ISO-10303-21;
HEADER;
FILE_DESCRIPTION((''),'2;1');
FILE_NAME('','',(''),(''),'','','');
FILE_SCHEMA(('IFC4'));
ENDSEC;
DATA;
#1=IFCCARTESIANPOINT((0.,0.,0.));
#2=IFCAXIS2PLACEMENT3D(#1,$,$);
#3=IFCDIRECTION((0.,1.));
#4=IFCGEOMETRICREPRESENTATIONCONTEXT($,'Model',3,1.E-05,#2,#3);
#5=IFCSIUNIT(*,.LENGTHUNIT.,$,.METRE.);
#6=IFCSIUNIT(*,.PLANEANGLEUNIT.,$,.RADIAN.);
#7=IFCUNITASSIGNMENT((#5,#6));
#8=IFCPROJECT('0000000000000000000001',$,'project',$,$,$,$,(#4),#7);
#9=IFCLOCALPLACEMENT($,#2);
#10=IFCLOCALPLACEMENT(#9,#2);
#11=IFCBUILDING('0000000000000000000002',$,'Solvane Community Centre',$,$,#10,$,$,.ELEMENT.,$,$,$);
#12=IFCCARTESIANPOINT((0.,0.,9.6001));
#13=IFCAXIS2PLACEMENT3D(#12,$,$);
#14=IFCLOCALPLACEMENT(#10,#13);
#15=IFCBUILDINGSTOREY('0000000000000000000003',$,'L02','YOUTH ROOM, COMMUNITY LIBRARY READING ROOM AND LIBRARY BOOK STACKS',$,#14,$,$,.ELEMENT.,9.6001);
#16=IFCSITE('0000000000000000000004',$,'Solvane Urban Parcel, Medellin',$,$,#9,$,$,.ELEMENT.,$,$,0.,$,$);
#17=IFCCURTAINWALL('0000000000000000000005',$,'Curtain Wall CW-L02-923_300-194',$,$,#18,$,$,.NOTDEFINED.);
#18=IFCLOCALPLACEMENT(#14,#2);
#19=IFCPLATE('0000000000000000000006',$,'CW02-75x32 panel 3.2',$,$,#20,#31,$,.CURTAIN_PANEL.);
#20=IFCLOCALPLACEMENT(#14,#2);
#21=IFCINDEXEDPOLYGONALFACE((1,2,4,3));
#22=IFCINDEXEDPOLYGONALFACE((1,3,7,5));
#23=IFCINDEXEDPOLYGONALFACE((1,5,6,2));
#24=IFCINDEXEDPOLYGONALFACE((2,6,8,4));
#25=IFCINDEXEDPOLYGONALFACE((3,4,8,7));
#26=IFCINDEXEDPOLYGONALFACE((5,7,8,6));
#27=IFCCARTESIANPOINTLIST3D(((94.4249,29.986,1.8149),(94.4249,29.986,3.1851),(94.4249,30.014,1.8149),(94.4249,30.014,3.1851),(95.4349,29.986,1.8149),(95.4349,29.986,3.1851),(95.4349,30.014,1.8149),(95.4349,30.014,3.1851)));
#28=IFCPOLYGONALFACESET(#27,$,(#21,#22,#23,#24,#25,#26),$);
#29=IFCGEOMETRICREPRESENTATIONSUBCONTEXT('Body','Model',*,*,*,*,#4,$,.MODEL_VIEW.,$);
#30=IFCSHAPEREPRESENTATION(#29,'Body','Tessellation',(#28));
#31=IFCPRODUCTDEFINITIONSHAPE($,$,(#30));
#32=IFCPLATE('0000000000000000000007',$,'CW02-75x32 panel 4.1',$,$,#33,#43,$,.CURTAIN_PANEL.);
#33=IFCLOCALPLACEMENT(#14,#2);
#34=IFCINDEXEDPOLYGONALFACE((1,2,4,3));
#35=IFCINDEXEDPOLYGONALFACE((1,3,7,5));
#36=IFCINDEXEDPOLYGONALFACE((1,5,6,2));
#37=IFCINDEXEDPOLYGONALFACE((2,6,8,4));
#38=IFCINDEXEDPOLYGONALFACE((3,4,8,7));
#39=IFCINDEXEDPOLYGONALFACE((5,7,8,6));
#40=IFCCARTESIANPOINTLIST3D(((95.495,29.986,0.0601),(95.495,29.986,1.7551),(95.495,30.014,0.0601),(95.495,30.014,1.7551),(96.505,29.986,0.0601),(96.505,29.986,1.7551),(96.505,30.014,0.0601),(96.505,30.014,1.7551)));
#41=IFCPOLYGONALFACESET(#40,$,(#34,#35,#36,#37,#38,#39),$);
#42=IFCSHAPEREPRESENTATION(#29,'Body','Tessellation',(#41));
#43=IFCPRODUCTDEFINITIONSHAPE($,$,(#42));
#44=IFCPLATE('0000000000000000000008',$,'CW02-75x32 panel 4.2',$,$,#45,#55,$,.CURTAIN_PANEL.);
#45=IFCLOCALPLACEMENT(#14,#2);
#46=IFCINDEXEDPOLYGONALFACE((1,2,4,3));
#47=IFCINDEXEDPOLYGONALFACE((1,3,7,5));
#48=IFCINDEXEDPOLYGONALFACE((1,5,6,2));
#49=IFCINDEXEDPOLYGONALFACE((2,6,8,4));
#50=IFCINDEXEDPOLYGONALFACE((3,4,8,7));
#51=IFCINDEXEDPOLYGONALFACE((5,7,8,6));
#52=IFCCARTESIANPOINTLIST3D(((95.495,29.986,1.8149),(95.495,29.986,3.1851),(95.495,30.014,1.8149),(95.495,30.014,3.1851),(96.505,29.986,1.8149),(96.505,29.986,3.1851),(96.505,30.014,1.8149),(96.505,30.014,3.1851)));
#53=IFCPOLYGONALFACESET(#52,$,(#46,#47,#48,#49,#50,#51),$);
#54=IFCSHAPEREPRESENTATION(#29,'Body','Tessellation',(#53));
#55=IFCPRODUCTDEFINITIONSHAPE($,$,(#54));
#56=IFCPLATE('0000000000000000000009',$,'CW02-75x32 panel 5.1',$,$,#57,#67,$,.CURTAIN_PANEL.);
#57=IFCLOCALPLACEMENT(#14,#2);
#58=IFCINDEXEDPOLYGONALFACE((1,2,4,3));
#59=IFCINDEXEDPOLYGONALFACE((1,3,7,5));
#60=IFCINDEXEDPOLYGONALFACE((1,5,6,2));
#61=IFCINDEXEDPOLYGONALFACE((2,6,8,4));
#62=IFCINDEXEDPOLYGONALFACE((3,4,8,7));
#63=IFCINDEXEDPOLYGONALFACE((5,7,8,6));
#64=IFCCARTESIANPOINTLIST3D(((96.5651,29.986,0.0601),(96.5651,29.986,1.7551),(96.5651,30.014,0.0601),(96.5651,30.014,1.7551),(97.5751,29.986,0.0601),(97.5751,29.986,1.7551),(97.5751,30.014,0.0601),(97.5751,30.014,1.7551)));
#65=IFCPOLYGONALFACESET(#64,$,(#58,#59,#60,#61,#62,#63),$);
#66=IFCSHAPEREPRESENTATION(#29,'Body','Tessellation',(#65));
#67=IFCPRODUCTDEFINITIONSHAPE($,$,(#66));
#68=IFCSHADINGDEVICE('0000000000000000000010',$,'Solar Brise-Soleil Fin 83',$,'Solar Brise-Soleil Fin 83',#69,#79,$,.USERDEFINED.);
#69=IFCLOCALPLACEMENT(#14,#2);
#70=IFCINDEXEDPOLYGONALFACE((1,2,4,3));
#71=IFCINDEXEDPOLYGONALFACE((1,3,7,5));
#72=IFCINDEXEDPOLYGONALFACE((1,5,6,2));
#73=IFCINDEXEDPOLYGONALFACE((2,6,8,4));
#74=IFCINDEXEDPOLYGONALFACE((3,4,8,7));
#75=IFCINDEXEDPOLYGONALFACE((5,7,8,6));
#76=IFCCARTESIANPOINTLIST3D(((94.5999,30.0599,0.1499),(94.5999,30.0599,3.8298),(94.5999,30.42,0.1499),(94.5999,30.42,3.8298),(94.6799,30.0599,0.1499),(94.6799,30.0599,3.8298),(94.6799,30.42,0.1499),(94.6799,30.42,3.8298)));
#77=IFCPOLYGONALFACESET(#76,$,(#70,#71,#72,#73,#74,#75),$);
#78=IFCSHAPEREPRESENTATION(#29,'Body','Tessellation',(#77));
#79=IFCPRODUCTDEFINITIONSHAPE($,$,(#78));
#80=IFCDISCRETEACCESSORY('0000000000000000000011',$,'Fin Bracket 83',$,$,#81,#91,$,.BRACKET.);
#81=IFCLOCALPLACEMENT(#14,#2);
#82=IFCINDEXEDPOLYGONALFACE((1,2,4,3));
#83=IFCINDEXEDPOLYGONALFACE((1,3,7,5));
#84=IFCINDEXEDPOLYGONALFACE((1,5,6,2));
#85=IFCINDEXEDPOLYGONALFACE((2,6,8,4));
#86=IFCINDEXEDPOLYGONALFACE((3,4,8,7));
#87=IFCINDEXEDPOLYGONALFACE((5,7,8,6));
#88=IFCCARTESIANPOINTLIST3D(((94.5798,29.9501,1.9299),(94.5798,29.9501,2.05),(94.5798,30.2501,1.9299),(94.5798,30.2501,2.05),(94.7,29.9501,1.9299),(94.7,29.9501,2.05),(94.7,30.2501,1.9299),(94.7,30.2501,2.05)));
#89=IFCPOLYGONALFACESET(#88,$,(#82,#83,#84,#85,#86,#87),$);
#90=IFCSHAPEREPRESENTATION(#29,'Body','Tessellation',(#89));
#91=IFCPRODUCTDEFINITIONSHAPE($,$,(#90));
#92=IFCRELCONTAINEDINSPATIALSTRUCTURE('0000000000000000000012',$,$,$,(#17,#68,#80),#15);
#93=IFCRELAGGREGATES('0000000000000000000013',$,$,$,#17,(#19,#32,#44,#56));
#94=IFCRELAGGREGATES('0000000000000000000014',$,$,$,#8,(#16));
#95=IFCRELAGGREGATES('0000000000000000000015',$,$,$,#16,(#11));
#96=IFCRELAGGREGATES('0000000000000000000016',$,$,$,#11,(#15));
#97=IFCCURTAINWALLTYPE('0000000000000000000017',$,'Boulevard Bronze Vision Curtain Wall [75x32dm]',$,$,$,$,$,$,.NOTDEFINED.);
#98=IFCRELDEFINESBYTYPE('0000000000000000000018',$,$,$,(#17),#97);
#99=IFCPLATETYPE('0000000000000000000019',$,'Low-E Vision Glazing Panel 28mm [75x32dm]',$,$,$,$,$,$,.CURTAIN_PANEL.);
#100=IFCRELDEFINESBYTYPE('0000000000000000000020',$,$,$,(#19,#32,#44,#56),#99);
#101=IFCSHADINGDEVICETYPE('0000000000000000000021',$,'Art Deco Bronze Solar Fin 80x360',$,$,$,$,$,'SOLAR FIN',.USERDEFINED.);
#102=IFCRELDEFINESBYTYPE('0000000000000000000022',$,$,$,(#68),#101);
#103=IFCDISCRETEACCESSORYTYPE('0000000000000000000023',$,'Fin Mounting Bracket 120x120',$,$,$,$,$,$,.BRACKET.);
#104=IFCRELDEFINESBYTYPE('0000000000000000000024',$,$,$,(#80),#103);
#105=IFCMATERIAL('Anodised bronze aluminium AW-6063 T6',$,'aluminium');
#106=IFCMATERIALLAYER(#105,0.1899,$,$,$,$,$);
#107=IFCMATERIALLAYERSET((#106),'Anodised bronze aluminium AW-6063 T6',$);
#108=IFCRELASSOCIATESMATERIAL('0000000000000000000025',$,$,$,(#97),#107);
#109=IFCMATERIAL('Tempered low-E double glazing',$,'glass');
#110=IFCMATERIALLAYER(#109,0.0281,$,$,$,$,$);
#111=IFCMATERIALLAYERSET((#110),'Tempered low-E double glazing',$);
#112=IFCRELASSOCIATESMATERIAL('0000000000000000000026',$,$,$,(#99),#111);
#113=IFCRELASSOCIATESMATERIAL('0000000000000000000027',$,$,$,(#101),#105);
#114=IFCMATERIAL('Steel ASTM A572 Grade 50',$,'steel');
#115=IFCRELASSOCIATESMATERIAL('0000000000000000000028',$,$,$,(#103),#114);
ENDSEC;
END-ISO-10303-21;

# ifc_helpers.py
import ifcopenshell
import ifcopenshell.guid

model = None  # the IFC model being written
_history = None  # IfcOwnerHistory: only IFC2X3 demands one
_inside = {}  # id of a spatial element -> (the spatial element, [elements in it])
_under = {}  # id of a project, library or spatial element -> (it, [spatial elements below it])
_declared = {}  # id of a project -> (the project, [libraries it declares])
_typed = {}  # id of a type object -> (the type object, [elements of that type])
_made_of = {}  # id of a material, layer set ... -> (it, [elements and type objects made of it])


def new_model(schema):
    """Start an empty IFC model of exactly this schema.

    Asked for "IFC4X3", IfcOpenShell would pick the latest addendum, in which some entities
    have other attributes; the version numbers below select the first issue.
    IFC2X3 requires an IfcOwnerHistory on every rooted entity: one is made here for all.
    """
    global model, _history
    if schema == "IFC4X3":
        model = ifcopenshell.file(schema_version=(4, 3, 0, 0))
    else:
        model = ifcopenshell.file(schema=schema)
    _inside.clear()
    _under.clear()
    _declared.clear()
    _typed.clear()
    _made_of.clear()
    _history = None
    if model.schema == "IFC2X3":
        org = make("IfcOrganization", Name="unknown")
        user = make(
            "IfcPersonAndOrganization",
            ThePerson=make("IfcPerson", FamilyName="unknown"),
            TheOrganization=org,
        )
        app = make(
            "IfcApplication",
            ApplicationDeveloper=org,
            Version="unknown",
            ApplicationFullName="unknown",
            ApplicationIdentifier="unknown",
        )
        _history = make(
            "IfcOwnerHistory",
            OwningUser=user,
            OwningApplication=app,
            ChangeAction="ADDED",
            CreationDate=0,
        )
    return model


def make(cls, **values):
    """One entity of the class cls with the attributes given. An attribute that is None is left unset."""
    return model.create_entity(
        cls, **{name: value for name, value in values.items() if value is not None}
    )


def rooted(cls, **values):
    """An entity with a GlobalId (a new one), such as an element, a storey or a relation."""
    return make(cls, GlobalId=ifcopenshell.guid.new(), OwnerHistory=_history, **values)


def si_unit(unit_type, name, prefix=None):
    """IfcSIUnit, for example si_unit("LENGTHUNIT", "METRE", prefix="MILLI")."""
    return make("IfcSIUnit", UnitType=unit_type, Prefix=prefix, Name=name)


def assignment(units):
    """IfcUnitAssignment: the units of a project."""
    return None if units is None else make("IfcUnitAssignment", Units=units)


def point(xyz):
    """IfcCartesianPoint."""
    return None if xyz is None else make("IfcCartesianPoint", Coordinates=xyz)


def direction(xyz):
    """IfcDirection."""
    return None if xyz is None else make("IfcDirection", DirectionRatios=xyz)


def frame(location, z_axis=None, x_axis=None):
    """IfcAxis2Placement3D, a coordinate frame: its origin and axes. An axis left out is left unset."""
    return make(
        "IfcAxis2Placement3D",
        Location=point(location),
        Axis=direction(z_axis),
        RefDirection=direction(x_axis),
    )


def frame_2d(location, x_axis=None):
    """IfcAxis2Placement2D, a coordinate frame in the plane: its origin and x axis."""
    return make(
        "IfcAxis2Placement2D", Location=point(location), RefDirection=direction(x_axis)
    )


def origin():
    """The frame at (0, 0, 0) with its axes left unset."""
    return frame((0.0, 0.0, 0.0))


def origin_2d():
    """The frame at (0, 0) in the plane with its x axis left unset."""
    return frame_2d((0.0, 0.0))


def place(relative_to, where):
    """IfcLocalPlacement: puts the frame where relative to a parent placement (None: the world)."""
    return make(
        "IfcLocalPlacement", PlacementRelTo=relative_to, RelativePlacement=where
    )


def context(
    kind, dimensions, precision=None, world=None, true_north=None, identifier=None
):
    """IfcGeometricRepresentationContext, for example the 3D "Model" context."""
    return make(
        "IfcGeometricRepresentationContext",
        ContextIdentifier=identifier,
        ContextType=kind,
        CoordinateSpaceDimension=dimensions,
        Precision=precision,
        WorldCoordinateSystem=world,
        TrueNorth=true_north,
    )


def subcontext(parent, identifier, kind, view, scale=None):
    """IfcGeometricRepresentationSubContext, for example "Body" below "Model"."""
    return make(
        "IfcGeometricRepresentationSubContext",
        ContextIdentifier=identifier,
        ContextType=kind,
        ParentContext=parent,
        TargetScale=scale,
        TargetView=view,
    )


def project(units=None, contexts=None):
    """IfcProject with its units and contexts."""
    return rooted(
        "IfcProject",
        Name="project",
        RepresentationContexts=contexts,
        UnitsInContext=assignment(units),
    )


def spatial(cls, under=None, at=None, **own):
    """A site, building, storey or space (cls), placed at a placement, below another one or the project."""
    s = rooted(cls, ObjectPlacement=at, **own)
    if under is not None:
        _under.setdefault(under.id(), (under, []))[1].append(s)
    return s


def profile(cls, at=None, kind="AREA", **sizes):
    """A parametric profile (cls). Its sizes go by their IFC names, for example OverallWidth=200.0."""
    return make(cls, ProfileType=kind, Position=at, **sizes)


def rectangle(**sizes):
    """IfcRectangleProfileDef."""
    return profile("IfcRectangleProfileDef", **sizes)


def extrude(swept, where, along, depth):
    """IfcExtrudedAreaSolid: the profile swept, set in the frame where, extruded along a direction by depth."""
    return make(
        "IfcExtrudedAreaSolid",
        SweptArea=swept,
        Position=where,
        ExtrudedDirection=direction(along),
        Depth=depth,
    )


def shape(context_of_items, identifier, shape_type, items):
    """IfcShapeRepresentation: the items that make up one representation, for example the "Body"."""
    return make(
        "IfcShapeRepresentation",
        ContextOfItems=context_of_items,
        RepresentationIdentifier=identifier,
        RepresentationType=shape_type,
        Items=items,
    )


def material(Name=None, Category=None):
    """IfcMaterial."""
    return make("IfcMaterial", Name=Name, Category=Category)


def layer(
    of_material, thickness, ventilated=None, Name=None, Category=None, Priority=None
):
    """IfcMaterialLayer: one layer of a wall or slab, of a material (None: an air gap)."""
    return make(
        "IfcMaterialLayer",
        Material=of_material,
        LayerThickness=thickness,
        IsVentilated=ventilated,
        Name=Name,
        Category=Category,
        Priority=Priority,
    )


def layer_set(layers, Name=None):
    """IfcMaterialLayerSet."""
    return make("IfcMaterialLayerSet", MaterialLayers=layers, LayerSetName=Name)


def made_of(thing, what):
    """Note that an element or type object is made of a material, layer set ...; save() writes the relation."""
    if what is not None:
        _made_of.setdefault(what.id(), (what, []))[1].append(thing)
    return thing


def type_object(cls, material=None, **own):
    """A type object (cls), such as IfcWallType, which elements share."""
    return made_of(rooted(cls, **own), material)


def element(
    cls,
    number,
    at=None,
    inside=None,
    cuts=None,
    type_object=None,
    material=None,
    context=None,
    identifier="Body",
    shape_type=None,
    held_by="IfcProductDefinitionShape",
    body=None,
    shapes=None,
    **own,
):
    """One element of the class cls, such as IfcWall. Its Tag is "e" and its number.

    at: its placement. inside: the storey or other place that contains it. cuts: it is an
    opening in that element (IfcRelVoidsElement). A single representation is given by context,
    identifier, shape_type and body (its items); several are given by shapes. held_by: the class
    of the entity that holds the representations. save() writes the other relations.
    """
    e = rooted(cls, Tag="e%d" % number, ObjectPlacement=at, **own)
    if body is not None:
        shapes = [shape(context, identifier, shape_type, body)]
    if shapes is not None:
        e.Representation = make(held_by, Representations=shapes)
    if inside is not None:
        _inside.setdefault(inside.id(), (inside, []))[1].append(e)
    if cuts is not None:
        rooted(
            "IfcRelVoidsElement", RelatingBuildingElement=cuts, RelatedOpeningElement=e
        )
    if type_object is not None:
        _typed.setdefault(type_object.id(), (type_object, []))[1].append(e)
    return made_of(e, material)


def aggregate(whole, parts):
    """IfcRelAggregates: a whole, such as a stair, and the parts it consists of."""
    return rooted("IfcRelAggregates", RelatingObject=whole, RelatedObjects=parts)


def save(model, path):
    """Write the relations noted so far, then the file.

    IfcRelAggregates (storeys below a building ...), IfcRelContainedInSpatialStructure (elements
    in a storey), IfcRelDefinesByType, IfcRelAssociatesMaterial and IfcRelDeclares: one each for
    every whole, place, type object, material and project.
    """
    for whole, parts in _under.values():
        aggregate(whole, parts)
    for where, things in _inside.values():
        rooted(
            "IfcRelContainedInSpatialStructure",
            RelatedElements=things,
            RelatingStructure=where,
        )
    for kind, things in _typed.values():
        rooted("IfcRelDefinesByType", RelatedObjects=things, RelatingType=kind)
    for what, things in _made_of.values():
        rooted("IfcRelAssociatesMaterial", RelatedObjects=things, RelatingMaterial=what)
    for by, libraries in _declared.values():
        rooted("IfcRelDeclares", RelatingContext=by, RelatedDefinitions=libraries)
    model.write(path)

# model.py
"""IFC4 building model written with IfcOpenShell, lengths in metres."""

from ifc_helpers import new_model, si_unit, direction, frame, origin, origin_2d, place, context, subcontext, project, spatial, rectangle, extrude, material, layer, layer_set, type_object, element, aggregate, save


model = new_model("IFC4")

# Units and contexts
model_context = context("Model", 3, precision=1e-05, world=origin(), true_north=direction((0.0, 1.0)))
body_context = subcontext(model_context, "Body", "Model", "MODEL_VIEW")
ifc_project = project(units=[si_unit("LENGTHUNIT", "METRE"), si_unit("PLANEANGLEUNIT", "RADIAN")], contexts=[model_context])

# Site, building, storey
site_placement = place(None, origin())
site = spatial("IfcSite", under=ifc_project, at=site_placement, Name="Solvane Urban Parcel, Medellin", CompositionType="ELEMENT", RefElevation=0.0)
building_placement = place(site_placement, origin())
building = spatial("IfcBuilding", under=site, at=building_placement, Name="Solvane Community Centre", CompositionType="ELEMENT")
storey_placement = place(building_placement, frame((0.0, 0.0, 9.6001)))
storey = spatial("IfcBuildingStorey", under=building, at=storey_placement, Name="L02", Description="YOUTH ROOM, COMMUNITY LIBRARY READING ROOM AND LIBRARY BOOK STACKS", CompositionType="ELEMENT", Elevation=9.6001)

# Curtain wall, plates
ifc_material_1 = material(Name="Anodised bronze aluminium AW-6063 T6", Category="aluminium")
ifc_layer_1 = layer(ifc_material_1, 0.1899)
ifc_layer_set_1 = layer_set([ifc_layer_1], Name="Anodised bronze aluminium AW-6063 T6")
curtain_wall_type = type_object("IfcCurtainWallType", Name="Boulevard Bronze Vision Curtain Wall [75x32dm]", PredefinedType="NOTDEFINED", material=ifc_layer_set_1)
curtain_wall_placement = place(storey_placement, origin())
curtain_wall = element("IfcCurtainWall", 1, at=curtain_wall_placement, inside=storey, type_object=curtain_wall_type, Name="Curtain Wall CW-L02-923_300-194", PredefinedType="NOTDEFINED")
ifc_material_2 = material(Name="Tempered low-E double glazing", Category="glass")
ifc_layer_2 = layer(ifc_material_2, 0.0281)
ifc_layer_set_2 = layer_set([ifc_layer_2], Name="Tempered low-E double glazing")
plate_type = type_object("IfcPlateType", Name="Low-E Vision Glazing Panel 28mm [75x32dm]", PredefinedType="CURTAIN_PANEL", material=ifc_layer_set_2)
plate_1_placement = place(storey_placement, frame((94.9299, 30.0, 1.8149), z_axis=(0.0, 0.0, 1.0), x_axis=(1.0, 0.0, 0.0)))
plate_1 = element("IfcPlate", 2, at=plate_1_placement, type_object=plate_type, Name="CW02-75x32 panel 3.2", PredefinedType="CURTAIN_PANEL", context=body_context, shape_type="SweptSolid", body=[
    extrude(rectangle(XDim=1.01, YDim=0.0281, at=origin_2d()), origin(), (0.0, 0.0, 1.0), 1.3701),
])
plate_2_placement = place(storey_placement, frame((96.0, 30.0, 0.0601), z_axis=(0.0, 0.0, 1.0), x_axis=(1.0, 0.0, 0.0)))
plate_2 = element("IfcPlate", 3, at=plate_2_placement, type_object=plate_type, Name="CW02-75x32 panel 4.1", PredefinedType="CURTAIN_PANEL", context=body_context, shape_type="SweptSolid", body=[
    extrude(rectangle(XDim=1.01, YDim=0.0281, at=origin_2d()), origin(), (0.0, 0.0, 1.0), 1.6951),
])
plate_3_placement = place(storey_placement, frame((96.0, 30.0, 1.8149), z_axis=(0.0, 0.0, 1.0), x_axis=(1.0, 0.0, 0.0)))
plate_3 = element("IfcPlate", 4, at=plate_3_placement, type_object=plate_type, Name="CW02-75x32 panel 4.2", PredefinedType="CURTAIN_PANEL", context=body_context, shape_type="SweptSolid", body=[
    extrude(rectangle(XDim=1.01, YDim=0.0281, at=origin_2d()), origin(), (0.0, 0.0, 1.0), 1.3701),
])
plate_4_placement = place(storey_placement, frame((97.0701, 30.0, 0.0601), z_axis=(0.0, 0.0, 1.0), x_axis=(1.0, 0.0, 0.0)))
plate_4 = element("IfcPlate", 5, at=plate_4_placement, type_object=plate_type, Name="CW02-75x32 panel 5.1", PredefinedType="CURTAIN_PANEL", context=body_context, shape_type="SweptSolid", body=[
    extrude(rectangle(XDim=1.01, YDim=0.0281, at=origin_2d()), origin(), (0.0, 0.0, 1.0), 1.6951),
])
aggregate(curtain_wall, [plate_1, plate_2, plate_3, plate_4])

# Shading device
shading_device_type = type_object("IfcShadingDeviceType", Name="Art Deco Bronze Solar Fin 80x360", ElementType="SOLAR FIN", PredefinedType="USERDEFINED", material=ifc_material_1)
shading_device_placement = place(storey_placement, frame((94.6399, 30.24, 0.1499), z_axis=(0.0, 0.0, 1.0), x_axis=(1.0, 0.0, 0.0)))
element("IfcShadingDevice", 6, at=shading_device_placement, inside=storey, type_object=shading_device_type, Name="Solar Brise-Soleil Fin 83", ObjectType="Solar Brise-Soleil Fin 83", PredefinedType="USERDEFINED", context=body_context, shape_type="SweptSolid", body=[
    extrude(rectangle(XDim=0.0801, YDim=0.3601, at=origin_2d()), origin(), (0.0, 0.0, 1.0), 3.6799),
])

# Discrete accessory
ifc_material_3 = material(Name="Steel ASTM A572 Grade 50", Category="steel")
discrete_accessory_type = type_object("IfcDiscreteAccessoryType", Name="Fin Mounting Bracket 120x120", PredefinedType="BRACKET", material=ifc_material_3)
discrete_accessory_placement = place(storey_placement, frame((94.6399, 30.1001, 1.9299), z_axis=(0.0, 0.0, 1.0), x_axis=(1.0, 0.0, 0.0)))
element("IfcDiscreteAccessory", 7, at=discrete_accessory_placement, inside=storey, type_object=discrete_accessory_type, Name="Fin Bracket 83", PredefinedType="BRACKET", context=body_context, shape_type="SweptSolid", body=[
    extrude(rectangle(XDim=0.1201, YDim=0.3, at=origin_2d()), origin(), (0.0, 0.0, 1.0), 0.1201),
])

save(model, "model.ifc")
